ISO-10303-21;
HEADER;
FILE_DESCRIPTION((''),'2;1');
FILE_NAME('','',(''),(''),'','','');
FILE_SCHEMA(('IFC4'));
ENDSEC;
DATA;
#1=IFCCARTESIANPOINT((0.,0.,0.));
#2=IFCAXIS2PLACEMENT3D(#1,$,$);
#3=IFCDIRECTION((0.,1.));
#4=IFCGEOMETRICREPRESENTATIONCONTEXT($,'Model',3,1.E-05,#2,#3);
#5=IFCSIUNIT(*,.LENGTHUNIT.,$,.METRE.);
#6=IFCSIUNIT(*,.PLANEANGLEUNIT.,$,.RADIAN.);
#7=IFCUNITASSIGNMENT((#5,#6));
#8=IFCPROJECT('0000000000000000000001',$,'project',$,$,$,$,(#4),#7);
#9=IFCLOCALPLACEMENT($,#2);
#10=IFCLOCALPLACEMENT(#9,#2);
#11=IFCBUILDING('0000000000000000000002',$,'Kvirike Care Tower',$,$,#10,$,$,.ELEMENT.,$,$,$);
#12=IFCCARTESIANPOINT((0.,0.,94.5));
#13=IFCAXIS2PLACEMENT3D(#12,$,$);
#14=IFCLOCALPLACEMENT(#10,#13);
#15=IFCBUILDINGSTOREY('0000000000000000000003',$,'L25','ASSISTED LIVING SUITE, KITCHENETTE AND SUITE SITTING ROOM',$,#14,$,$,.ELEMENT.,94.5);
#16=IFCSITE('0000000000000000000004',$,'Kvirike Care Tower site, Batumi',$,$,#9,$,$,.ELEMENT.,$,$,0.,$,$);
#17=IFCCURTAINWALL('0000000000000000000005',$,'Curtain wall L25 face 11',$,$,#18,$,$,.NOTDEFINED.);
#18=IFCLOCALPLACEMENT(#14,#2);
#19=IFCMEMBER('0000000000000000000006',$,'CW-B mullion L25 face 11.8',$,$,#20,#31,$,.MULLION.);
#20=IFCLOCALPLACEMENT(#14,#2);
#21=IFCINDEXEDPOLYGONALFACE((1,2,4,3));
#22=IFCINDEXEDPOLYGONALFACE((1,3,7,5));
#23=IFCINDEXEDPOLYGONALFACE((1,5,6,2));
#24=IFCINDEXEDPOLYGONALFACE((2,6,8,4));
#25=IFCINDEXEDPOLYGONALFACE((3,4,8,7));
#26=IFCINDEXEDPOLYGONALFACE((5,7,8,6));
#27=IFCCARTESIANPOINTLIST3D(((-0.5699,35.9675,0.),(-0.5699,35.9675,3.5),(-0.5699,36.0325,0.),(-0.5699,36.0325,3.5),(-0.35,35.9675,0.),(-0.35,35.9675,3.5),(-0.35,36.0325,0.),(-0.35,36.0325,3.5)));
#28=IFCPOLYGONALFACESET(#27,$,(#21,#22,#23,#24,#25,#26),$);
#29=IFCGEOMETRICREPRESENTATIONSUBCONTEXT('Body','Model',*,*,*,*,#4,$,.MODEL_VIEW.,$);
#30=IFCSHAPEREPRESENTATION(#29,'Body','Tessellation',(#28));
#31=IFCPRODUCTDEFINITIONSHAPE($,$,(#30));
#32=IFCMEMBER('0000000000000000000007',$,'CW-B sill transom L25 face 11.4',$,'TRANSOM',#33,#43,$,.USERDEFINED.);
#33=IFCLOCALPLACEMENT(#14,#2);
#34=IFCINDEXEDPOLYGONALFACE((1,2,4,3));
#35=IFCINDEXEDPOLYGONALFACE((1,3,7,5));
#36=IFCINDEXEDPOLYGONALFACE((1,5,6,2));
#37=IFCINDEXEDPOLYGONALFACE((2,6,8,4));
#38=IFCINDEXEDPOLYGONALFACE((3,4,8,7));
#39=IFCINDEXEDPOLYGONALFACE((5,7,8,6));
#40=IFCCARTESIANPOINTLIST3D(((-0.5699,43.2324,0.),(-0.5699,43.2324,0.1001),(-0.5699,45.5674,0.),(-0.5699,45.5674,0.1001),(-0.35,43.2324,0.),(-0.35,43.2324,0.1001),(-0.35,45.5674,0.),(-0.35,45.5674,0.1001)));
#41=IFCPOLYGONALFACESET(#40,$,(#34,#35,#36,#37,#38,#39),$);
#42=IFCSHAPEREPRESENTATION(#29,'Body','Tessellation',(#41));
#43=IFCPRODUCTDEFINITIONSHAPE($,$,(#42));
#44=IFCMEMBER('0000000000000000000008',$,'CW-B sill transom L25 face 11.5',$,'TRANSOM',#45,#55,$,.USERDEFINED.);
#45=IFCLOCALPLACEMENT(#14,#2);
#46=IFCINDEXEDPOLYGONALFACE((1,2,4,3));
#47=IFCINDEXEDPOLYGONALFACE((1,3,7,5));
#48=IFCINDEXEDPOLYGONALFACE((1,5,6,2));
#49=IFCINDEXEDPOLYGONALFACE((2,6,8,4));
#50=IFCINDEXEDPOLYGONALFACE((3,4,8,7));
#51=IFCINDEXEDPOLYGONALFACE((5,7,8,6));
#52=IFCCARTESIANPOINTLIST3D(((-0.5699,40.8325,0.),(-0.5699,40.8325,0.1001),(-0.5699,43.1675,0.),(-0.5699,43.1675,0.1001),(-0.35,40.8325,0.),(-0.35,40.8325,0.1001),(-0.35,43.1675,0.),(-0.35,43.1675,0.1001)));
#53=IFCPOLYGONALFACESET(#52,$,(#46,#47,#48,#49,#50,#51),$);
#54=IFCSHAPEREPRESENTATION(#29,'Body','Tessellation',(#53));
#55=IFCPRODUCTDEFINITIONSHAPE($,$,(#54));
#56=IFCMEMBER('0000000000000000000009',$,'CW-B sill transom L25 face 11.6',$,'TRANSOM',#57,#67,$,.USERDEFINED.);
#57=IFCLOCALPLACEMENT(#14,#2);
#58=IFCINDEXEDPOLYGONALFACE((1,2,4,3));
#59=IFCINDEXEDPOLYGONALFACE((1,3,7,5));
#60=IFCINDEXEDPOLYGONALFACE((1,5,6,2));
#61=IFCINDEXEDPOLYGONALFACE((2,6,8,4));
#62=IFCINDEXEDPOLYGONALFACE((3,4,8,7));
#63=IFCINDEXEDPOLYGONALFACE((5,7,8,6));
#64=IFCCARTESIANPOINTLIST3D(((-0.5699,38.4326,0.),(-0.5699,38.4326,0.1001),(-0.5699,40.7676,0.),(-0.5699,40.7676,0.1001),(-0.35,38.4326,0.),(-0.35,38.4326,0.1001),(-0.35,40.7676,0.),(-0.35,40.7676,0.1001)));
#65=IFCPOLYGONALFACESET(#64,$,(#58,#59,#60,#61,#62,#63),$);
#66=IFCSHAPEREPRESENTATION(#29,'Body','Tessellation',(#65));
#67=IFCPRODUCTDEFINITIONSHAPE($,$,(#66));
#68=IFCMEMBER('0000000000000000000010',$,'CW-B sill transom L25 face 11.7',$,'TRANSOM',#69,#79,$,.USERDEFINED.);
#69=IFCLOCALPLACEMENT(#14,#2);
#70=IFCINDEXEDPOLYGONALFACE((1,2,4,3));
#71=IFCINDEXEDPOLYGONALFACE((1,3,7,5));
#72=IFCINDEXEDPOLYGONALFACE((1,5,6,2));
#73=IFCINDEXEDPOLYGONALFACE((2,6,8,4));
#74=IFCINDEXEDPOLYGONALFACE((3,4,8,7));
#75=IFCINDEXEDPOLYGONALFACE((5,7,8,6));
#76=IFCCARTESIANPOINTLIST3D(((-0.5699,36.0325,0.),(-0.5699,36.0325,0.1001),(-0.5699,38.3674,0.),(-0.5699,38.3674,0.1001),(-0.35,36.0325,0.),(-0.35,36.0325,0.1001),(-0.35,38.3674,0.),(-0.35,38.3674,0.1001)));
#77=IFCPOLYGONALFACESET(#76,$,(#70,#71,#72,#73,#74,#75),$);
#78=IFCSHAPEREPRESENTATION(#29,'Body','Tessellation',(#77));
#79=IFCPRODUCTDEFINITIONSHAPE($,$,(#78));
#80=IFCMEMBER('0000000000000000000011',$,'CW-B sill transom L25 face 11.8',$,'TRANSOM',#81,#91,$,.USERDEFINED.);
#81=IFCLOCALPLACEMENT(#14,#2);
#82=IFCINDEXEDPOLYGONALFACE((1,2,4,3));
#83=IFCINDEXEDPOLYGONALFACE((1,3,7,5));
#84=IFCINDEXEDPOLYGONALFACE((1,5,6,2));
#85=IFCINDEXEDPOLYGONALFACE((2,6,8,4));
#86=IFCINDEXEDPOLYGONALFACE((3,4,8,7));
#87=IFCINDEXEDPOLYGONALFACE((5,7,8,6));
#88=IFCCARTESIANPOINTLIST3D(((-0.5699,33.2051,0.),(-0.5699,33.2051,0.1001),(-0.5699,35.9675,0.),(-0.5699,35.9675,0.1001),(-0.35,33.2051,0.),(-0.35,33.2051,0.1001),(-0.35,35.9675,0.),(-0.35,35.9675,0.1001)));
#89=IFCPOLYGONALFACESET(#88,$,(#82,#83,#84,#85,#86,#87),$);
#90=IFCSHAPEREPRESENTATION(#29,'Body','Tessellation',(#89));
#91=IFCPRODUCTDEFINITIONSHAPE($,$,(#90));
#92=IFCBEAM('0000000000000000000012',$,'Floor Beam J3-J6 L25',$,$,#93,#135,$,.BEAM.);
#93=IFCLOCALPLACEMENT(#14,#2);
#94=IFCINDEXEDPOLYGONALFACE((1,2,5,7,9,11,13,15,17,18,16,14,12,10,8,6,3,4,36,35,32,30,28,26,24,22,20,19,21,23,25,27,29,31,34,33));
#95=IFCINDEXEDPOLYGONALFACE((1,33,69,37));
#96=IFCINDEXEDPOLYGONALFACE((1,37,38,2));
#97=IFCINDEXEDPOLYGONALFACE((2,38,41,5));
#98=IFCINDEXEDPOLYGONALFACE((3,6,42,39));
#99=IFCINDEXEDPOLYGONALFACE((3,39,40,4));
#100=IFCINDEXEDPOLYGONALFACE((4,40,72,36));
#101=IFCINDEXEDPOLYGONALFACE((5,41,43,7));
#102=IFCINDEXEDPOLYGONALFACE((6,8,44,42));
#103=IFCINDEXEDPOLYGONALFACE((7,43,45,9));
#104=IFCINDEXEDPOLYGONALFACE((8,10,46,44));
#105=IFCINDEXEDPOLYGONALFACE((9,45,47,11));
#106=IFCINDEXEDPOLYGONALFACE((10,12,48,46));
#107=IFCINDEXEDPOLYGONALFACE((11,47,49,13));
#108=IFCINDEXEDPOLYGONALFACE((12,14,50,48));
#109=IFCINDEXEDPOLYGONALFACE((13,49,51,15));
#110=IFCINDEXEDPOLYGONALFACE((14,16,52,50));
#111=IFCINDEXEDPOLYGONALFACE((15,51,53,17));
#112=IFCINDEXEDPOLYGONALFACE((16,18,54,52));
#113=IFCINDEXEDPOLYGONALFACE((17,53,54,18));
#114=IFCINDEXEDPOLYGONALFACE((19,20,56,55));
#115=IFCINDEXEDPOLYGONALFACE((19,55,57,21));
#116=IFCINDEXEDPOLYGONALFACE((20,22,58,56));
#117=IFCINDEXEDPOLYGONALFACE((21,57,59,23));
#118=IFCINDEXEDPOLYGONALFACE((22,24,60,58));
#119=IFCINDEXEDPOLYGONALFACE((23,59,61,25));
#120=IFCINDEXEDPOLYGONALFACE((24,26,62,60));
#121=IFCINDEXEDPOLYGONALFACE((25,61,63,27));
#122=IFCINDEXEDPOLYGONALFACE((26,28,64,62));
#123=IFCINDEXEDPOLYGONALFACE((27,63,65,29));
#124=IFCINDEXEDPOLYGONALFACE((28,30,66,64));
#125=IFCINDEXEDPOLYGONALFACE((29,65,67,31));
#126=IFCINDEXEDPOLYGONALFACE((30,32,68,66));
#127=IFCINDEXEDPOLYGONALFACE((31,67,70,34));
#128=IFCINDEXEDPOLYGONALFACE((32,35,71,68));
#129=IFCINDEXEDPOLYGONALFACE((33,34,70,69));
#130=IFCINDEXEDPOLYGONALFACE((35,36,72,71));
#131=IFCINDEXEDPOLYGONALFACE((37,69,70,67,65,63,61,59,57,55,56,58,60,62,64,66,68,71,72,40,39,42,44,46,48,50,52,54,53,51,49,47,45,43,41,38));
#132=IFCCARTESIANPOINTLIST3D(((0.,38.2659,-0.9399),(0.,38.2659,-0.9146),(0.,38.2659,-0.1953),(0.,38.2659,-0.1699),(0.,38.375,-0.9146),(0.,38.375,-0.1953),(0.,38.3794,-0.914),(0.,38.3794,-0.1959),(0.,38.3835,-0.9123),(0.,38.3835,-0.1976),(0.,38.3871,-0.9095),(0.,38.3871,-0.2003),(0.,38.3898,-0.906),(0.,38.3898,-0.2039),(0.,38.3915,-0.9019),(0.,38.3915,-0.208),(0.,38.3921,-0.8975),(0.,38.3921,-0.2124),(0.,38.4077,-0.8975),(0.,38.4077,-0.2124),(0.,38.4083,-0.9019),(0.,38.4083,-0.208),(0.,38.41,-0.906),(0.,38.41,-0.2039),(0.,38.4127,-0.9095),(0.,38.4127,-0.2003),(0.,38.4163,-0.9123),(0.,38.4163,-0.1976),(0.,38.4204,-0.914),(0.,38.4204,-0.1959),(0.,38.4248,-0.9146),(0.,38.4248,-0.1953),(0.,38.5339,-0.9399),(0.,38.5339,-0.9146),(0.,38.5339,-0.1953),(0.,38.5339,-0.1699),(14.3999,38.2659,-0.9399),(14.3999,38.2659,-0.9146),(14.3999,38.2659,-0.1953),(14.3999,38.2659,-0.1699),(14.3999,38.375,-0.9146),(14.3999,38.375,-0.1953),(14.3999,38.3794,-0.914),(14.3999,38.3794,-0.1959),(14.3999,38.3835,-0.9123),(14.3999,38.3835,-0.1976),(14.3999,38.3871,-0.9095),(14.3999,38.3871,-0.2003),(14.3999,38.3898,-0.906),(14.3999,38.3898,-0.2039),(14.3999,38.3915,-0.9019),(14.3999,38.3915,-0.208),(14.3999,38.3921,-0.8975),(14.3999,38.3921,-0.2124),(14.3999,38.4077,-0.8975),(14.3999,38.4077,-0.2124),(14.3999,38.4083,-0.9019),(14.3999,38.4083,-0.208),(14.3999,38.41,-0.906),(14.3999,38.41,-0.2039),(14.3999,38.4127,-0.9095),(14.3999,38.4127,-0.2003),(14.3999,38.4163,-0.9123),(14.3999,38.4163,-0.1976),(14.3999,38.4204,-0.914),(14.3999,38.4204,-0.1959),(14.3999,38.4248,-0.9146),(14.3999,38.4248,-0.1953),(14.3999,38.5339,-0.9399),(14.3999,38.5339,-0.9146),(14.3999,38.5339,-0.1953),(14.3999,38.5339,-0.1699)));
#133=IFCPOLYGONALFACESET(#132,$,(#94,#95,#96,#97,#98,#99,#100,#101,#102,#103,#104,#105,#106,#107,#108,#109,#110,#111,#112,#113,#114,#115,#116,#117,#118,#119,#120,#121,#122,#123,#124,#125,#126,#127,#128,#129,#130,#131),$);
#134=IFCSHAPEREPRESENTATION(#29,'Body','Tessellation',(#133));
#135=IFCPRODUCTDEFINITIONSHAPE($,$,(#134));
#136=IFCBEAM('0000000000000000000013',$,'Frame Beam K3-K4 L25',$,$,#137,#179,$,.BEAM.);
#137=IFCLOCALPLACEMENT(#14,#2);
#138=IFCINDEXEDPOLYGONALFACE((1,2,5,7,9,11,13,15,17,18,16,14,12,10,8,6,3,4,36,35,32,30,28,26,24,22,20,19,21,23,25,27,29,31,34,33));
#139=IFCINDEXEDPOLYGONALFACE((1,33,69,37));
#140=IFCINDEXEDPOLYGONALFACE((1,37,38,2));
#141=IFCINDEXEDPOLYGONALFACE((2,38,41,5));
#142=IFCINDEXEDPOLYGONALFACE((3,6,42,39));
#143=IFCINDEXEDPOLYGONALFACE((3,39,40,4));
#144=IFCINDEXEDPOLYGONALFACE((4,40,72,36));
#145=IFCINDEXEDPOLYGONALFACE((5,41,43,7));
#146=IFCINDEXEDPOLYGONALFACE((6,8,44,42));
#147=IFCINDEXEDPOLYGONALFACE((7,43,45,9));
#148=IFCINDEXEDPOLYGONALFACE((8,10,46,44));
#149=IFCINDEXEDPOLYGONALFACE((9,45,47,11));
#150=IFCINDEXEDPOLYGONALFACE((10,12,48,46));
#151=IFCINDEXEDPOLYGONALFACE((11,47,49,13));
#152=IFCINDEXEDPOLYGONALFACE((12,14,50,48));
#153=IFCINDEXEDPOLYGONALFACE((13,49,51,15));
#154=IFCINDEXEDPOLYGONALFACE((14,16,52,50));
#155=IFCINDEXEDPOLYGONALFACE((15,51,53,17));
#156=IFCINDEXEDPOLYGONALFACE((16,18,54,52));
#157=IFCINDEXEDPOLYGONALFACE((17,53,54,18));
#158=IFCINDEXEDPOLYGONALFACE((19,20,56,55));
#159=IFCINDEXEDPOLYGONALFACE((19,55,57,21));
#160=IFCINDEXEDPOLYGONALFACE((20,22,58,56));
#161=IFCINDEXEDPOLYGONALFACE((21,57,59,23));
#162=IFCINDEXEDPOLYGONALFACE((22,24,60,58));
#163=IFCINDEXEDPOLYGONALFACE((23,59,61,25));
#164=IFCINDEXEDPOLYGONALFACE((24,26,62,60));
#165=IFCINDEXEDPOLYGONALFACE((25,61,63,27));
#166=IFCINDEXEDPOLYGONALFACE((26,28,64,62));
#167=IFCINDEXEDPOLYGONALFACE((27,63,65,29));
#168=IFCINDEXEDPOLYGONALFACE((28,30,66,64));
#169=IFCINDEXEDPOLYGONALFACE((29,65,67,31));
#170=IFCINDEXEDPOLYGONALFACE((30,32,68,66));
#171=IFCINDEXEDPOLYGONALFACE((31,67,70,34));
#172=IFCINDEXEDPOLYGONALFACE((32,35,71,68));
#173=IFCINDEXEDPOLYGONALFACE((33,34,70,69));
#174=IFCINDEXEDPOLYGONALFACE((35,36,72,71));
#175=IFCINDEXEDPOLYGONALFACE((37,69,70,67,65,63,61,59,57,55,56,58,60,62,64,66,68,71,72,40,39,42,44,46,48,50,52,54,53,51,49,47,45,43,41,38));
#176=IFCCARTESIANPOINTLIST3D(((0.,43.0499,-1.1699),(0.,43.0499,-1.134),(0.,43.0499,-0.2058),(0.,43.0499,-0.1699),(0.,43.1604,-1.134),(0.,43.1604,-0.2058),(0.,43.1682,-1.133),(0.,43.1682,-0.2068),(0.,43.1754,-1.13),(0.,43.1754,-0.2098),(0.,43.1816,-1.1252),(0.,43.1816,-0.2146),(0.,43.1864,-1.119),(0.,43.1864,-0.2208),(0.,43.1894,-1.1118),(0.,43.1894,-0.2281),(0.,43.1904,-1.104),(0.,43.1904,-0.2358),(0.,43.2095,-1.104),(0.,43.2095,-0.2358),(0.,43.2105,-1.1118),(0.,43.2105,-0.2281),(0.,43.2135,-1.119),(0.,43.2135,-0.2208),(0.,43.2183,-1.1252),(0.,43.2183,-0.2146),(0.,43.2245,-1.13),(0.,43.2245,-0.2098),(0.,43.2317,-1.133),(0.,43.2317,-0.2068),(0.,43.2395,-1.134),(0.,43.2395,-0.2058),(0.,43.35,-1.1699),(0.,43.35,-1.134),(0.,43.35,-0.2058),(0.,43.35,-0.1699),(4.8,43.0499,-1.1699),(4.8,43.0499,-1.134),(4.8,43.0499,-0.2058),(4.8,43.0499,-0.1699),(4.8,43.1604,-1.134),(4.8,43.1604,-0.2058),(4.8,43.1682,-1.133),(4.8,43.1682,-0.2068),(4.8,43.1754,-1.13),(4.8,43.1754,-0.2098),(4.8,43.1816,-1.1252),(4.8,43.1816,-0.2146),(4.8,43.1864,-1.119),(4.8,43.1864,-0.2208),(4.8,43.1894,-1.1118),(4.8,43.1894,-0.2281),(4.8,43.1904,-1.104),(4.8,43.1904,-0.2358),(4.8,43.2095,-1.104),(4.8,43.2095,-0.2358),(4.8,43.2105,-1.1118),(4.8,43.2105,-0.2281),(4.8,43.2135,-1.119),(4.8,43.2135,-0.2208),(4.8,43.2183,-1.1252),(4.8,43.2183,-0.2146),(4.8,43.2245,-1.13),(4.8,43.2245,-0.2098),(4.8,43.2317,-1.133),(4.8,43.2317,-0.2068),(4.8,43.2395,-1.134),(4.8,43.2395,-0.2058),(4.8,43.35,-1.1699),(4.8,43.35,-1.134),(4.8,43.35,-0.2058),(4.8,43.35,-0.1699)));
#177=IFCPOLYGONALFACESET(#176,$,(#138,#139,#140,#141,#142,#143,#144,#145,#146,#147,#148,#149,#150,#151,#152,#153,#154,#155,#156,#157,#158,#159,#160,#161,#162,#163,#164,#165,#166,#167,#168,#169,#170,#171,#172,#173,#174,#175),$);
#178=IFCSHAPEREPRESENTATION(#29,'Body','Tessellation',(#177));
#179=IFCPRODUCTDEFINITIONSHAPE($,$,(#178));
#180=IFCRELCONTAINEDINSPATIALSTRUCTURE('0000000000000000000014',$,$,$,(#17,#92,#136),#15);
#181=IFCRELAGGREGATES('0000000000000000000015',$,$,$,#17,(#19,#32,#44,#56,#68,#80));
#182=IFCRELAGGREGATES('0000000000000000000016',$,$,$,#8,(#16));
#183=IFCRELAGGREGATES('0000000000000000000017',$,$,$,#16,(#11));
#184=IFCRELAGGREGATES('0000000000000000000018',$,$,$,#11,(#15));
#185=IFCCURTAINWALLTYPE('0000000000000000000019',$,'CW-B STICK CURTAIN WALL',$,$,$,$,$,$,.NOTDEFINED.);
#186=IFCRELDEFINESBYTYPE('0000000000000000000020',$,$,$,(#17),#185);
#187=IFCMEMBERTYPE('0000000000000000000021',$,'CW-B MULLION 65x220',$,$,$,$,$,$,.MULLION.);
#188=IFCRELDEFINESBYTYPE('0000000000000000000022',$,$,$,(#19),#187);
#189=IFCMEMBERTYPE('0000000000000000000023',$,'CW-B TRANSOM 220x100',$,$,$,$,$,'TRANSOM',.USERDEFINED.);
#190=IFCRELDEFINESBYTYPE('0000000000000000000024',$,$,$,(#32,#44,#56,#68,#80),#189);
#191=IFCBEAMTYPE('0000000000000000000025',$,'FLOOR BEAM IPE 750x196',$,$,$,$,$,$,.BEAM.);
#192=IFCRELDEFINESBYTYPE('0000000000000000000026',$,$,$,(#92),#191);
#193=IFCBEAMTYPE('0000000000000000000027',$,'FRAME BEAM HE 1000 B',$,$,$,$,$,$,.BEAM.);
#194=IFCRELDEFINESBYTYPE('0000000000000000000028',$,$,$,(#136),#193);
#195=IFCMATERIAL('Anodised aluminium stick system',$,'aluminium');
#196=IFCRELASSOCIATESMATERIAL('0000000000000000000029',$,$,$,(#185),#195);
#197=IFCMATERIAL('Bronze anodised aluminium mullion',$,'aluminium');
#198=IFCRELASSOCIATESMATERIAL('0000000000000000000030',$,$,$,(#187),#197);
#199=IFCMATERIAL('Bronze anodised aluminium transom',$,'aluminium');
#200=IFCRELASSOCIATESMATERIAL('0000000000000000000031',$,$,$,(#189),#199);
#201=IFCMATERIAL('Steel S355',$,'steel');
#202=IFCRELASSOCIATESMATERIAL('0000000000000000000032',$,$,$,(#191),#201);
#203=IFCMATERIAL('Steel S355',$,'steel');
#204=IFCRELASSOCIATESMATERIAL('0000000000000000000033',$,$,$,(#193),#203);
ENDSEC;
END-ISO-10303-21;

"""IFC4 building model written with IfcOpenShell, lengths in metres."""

from ifc_helpers import new_model, si_unit, direction, frame, origin, origin_2d, place, context, subcontext, project, spatial, rectangle, i_section, extrude, material, material_profile, profile_set, type_object, element, aggregate, save


model = new_model("IFC4")

# Units and contexts
model_context = context("Model", 3, precision=1e-05, world=origin(), true_north=direction((0.0, 1.0)))
body_context = subcontext(model_context, "Body", "Model", "MODEL_VIEW")
ifc_project = project(units=[si_unit("LENGTHUNIT", "METRE"), si_unit("PLANEANGLEUNIT", "RADIAN")], contexts=[model_context])

# Site, building, storey
site_placement = place(None, origin())
site = spatial("IfcSite", under=ifc_project, at=site_placement, Name="Kvirike Care Tower site, Batumi", CompositionType="ELEMENT", RefElevation=0.0)
building_placement = place(site_placement, origin())
building = spatial("IfcBuilding", under=site, at=building_placement, Name="Kvirike Care Tower", CompositionType="ELEMENT")
storey_placement = place(building_placement, frame((0.0, 0.0, 94.5)))
storey = spatial("IfcBuildingStorey", under=building, at=storey_placement, Name="L25", Description="ASSISTED LIVING SUITE, KITCHENETTE AND SUITE SITTING ROOM", CompositionType="ELEMENT", Elevation=94.5)

# Curtain wall, members
ifc_material_1 = material(Name="Anodised aluminium stick system", Category="aluminium")
curtain_wall_type = type_object("IfcCurtainWallType", Name="CW-B STICK CURTAIN WALL", PredefinedType="NOTDEFINED", material=ifc_material_1)
curtain_wall_placement = place(storey_placement, origin())
curtain_wall = element("IfcCurtainWall", 1, at=curtain_wall_placement, inside=storey, type_object=curtain_wall_type, Name="Curtain wall L25 face 11", PredefinedType="NOTDEFINED")
ifc_material_2 = material(Name="Bronze anodised aluminium mullion", Category="aluminium")
ifc_material_profile_1 = material_profile(ifc_material_2, rectangle(XDim=0.0649, YDim=0.22, at=origin_2d()), Name="CW-B MULLION 65x220")
ifc_profile_set_1 = profile_set([ifc_material_profile_1], Name="Bronze anodised aluminium mullion")
member_type_1 = type_object("IfcMemberType", Name="CW-B MULLION 65x220", PredefinedType="MULLION", material=ifc_profile_set_1)
member_1_placement = place(storey_placement, frame((-0.46, 36.0, 0.0), z_axis=(0.0, 0.0, 1.0), x_axis=(0.0, -1.0, 0.0)))
member_1 = element("IfcMember", 2, at=member_1_placement, type_object=member_type_1, Name="CW-B mullion L25 face 11.8", PredefinedType="MULLION", context=body_context, shape_type="SweptSolid", body=[
    extrude(rectangle(XDim=0.0649, YDim=0.22, at=origin_2d()), origin(), (0.0, 0.0, 1.0), 3.5),
])
ifc_material_3 = material(Name="Bronze anodised aluminium transom", Category="aluminium")
ifc_material_profile_2 = material_profile(ifc_material_3, rectangle(XDim=0.22, YDim=0.1001, at=origin_2d()), Name="CW-B TRANSOM 220x100")
ifc_profile_set_2 = profile_set([ifc_material_profile_2], Name="Bronze anodised aluminium transom")
member_type_2 = type_object("IfcMemberType", Name="CW-B TRANSOM 220x100", ElementType="TRANSOM", PredefinedType="USERDEFINED", material=ifc_profile_set_2)
member_2_placement = place(storey_placement, frame((-0.46, 45.5674, 0.05), z_axis=(0.0, -1.0, 0.0), x_axis=(1.0, 0.0, 0.0)))
member_2 = element("IfcMember", 3, at=member_2_placement, type_object=member_type_2, Name="CW-B sill transom L25 face 11.4", ObjectType="TRANSOM", PredefinedType="USERDEFINED", context=body_context, shape_type="SweptSolid", body=[
    extrude(rectangle(XDim=0.22, YDim=0.1001, at=origin_2d()), origin(), (0.0, 0.0, 1.0), 2.335),
])
member_3_placement = place(storey_placement, frame((-0.46, 43.1675, 0.05), z_axis=(0.0, -1.0, 0.0), x_axis=(1.0, 0.0, 0.0)))
member_3 = element("IfcMember", 4, at=member_3_placement, type_object=member_type_2, Name="CW-B sill transom L25 face 11.5", ObjectType="TRANSOM", PredefinedType="USERDEFINED", context=body_context, shape_type="SweptSolid", body=[
    extrude(rectangle(XDim=0.22, YDim=0.1001, at=origin_2d()), origin(), (0.0, 0.0, 1.0), 2.335),
])
member_4_placement = place(storey_placement, frame((-0.46, 40.7676, 0.05), z_axis=(0.0, -1.0, 0.0), x_axis=(1.0, 0.0, 0.0)))
member_4 = element("IfcMember", 5, at=member_4_placement, type_object=member_type_2, Name="CW-B sill transom L25 face 11.6", ObjectType="TRANSOM", PredefinedType="USERDEFINED", context=body_context, shape_type="SweptSolid", body=[
    extrude(rectangle(XDim=0.22, YDim=0.1001, at=origin_2d()), origin(), (0.0, 0.0, 1.0), 2.335),
])
member_5_placement = place(storey_placement, frame((-0.46, 38.3674, 0.05), z_axis=(0.0, -1.0, 0.0), x_axis=(1.0, 0.0, 0.0)))
member_5 = element("IfcMember", 6, at=member_5_placement, type_object=member_type_2, Name="CW-B sill transom L25 face 11.7", ObjectType="TRANSOM", PredefinedType="USERDEFINED", context=body_context, shape_type="SweptSolid", body=[
    extrude(rectangle(XDim=0.22, YDim=0.1001, at=origin_2d()), origin(), (0.0, 0.0, 1.0), 2.335),
])
member_6_placement = place(storey_placement, frame((-0.46, 35.9675, 0.05), z_axis=(0.0, -1.0, 0.0), x_axis=(1.0, 0.0, 0.0)))
member_6 = element("IfcMember", 7, at=member_6_placement, type_object=member_type_2, Name="CW-B sill transom L25 face 11.8", ObjectType="TRANSOM", PredefinedType="USERDEFINED", context=body_context, shape_type="SweptSolid", body=[
    extrude(rectangle(XDim=0.22, YDim=0.1001, at=origin_2d()), origin(), (0.0, 0.0, 1.0), 2.7625),
])

# Beams
ifc_material_4 = material(Name="Steel S355", Category="steel")
ifc_material_profile_3 = material_profile(ifc_material_4, i_section(OverallWidth=0.2681, OverallDepth=0.77, WebThickness=0.0156, FlangeThickness=0.0254, FilletRadius=0.0171, at=origin_2d()), Name="IPE 750x196")
ifc_profile_set_3 = profile_set([ifc_material_profile_3], Name="Steel S355")
beam_type_1 = type_object("IfcBeamType", Name="FLOOR BEAM IPE 750x196", PredefinedType="BEAM", material=ifc_profile_set_3)
beam_1_placement = place(storey_placement, frame((0.0, 38.3999, -0.5549), z_axis=(1.0, 0.0, 0.0), x_axis=(0.0, 1.0, 0.0)))
element("IfcBeam", 8, at=beam_1_placement, inside=storey, type_object=beam_type_1, Name="Floor Beam J3-J6 L25", PredefinedType="BEAM", context=body_context, shape_type="SweptSolid", body=[
    extrude(i_section(OverallWidth=0.2681, OverallDepth=0.77, WebThickness=0.0156, FlangeThickness=0.0254, FilletRadius=0.0171, at=origin_2d()), origin(), (0.0, 0.0, 1.0), 14.3999),
])
ifc_material_5 = material(Name="Steel S355", Category="steel")
ifc_material_profile_4 = material_profile(ifc_material_5, i_section(OverallWidth=0.3, OverallDepth=1.0, WebThickness=0.019, FlangeThickness=0.0359, FilletRadius=0.03, at=origin_2d()), Name="HE 1000 B")
ifc_profile_set_4 = profile_set([ifc_material_profile_4], Name="Steel S355")
beam_type_2 = type_object("IfcBeamType", Name="FRAME BEAM HE 1000 B", PredefinedType="BEAM", material=ifc_profile_set_4)
for number, where, z_axis, x_axis, name in (
    (9, (0.0, 43.2, -0.6699), (1.0, 0.0, 0.0), (0.0, 1.0, 0.0), "Frame Beam K3-K4 L25"),
):
    element("IfcBeam", number, at=place(storey_placement, frame(where, z_axis=z_axis, x_axis=x_axis)), inside=storey, type_object=beam_type_2, Name=name, PredefinedType="BEAM", context=body_context, shape_type="SweptSolid", body=[
        extrude(i_section(OverallWidth=0.3, OverallDepth=1.0, WebThickness=0.019, FlangeThickness=0.0359, FilletRadius=0.03, at=origin_2d()), origin(), (0.0, 0.0, 1.0), 4.8),
    ])

aggregate(curtain_wall, [member_1, member_2, member_3, member_4, member_5, member_6])

save(model, "model.ifc")
